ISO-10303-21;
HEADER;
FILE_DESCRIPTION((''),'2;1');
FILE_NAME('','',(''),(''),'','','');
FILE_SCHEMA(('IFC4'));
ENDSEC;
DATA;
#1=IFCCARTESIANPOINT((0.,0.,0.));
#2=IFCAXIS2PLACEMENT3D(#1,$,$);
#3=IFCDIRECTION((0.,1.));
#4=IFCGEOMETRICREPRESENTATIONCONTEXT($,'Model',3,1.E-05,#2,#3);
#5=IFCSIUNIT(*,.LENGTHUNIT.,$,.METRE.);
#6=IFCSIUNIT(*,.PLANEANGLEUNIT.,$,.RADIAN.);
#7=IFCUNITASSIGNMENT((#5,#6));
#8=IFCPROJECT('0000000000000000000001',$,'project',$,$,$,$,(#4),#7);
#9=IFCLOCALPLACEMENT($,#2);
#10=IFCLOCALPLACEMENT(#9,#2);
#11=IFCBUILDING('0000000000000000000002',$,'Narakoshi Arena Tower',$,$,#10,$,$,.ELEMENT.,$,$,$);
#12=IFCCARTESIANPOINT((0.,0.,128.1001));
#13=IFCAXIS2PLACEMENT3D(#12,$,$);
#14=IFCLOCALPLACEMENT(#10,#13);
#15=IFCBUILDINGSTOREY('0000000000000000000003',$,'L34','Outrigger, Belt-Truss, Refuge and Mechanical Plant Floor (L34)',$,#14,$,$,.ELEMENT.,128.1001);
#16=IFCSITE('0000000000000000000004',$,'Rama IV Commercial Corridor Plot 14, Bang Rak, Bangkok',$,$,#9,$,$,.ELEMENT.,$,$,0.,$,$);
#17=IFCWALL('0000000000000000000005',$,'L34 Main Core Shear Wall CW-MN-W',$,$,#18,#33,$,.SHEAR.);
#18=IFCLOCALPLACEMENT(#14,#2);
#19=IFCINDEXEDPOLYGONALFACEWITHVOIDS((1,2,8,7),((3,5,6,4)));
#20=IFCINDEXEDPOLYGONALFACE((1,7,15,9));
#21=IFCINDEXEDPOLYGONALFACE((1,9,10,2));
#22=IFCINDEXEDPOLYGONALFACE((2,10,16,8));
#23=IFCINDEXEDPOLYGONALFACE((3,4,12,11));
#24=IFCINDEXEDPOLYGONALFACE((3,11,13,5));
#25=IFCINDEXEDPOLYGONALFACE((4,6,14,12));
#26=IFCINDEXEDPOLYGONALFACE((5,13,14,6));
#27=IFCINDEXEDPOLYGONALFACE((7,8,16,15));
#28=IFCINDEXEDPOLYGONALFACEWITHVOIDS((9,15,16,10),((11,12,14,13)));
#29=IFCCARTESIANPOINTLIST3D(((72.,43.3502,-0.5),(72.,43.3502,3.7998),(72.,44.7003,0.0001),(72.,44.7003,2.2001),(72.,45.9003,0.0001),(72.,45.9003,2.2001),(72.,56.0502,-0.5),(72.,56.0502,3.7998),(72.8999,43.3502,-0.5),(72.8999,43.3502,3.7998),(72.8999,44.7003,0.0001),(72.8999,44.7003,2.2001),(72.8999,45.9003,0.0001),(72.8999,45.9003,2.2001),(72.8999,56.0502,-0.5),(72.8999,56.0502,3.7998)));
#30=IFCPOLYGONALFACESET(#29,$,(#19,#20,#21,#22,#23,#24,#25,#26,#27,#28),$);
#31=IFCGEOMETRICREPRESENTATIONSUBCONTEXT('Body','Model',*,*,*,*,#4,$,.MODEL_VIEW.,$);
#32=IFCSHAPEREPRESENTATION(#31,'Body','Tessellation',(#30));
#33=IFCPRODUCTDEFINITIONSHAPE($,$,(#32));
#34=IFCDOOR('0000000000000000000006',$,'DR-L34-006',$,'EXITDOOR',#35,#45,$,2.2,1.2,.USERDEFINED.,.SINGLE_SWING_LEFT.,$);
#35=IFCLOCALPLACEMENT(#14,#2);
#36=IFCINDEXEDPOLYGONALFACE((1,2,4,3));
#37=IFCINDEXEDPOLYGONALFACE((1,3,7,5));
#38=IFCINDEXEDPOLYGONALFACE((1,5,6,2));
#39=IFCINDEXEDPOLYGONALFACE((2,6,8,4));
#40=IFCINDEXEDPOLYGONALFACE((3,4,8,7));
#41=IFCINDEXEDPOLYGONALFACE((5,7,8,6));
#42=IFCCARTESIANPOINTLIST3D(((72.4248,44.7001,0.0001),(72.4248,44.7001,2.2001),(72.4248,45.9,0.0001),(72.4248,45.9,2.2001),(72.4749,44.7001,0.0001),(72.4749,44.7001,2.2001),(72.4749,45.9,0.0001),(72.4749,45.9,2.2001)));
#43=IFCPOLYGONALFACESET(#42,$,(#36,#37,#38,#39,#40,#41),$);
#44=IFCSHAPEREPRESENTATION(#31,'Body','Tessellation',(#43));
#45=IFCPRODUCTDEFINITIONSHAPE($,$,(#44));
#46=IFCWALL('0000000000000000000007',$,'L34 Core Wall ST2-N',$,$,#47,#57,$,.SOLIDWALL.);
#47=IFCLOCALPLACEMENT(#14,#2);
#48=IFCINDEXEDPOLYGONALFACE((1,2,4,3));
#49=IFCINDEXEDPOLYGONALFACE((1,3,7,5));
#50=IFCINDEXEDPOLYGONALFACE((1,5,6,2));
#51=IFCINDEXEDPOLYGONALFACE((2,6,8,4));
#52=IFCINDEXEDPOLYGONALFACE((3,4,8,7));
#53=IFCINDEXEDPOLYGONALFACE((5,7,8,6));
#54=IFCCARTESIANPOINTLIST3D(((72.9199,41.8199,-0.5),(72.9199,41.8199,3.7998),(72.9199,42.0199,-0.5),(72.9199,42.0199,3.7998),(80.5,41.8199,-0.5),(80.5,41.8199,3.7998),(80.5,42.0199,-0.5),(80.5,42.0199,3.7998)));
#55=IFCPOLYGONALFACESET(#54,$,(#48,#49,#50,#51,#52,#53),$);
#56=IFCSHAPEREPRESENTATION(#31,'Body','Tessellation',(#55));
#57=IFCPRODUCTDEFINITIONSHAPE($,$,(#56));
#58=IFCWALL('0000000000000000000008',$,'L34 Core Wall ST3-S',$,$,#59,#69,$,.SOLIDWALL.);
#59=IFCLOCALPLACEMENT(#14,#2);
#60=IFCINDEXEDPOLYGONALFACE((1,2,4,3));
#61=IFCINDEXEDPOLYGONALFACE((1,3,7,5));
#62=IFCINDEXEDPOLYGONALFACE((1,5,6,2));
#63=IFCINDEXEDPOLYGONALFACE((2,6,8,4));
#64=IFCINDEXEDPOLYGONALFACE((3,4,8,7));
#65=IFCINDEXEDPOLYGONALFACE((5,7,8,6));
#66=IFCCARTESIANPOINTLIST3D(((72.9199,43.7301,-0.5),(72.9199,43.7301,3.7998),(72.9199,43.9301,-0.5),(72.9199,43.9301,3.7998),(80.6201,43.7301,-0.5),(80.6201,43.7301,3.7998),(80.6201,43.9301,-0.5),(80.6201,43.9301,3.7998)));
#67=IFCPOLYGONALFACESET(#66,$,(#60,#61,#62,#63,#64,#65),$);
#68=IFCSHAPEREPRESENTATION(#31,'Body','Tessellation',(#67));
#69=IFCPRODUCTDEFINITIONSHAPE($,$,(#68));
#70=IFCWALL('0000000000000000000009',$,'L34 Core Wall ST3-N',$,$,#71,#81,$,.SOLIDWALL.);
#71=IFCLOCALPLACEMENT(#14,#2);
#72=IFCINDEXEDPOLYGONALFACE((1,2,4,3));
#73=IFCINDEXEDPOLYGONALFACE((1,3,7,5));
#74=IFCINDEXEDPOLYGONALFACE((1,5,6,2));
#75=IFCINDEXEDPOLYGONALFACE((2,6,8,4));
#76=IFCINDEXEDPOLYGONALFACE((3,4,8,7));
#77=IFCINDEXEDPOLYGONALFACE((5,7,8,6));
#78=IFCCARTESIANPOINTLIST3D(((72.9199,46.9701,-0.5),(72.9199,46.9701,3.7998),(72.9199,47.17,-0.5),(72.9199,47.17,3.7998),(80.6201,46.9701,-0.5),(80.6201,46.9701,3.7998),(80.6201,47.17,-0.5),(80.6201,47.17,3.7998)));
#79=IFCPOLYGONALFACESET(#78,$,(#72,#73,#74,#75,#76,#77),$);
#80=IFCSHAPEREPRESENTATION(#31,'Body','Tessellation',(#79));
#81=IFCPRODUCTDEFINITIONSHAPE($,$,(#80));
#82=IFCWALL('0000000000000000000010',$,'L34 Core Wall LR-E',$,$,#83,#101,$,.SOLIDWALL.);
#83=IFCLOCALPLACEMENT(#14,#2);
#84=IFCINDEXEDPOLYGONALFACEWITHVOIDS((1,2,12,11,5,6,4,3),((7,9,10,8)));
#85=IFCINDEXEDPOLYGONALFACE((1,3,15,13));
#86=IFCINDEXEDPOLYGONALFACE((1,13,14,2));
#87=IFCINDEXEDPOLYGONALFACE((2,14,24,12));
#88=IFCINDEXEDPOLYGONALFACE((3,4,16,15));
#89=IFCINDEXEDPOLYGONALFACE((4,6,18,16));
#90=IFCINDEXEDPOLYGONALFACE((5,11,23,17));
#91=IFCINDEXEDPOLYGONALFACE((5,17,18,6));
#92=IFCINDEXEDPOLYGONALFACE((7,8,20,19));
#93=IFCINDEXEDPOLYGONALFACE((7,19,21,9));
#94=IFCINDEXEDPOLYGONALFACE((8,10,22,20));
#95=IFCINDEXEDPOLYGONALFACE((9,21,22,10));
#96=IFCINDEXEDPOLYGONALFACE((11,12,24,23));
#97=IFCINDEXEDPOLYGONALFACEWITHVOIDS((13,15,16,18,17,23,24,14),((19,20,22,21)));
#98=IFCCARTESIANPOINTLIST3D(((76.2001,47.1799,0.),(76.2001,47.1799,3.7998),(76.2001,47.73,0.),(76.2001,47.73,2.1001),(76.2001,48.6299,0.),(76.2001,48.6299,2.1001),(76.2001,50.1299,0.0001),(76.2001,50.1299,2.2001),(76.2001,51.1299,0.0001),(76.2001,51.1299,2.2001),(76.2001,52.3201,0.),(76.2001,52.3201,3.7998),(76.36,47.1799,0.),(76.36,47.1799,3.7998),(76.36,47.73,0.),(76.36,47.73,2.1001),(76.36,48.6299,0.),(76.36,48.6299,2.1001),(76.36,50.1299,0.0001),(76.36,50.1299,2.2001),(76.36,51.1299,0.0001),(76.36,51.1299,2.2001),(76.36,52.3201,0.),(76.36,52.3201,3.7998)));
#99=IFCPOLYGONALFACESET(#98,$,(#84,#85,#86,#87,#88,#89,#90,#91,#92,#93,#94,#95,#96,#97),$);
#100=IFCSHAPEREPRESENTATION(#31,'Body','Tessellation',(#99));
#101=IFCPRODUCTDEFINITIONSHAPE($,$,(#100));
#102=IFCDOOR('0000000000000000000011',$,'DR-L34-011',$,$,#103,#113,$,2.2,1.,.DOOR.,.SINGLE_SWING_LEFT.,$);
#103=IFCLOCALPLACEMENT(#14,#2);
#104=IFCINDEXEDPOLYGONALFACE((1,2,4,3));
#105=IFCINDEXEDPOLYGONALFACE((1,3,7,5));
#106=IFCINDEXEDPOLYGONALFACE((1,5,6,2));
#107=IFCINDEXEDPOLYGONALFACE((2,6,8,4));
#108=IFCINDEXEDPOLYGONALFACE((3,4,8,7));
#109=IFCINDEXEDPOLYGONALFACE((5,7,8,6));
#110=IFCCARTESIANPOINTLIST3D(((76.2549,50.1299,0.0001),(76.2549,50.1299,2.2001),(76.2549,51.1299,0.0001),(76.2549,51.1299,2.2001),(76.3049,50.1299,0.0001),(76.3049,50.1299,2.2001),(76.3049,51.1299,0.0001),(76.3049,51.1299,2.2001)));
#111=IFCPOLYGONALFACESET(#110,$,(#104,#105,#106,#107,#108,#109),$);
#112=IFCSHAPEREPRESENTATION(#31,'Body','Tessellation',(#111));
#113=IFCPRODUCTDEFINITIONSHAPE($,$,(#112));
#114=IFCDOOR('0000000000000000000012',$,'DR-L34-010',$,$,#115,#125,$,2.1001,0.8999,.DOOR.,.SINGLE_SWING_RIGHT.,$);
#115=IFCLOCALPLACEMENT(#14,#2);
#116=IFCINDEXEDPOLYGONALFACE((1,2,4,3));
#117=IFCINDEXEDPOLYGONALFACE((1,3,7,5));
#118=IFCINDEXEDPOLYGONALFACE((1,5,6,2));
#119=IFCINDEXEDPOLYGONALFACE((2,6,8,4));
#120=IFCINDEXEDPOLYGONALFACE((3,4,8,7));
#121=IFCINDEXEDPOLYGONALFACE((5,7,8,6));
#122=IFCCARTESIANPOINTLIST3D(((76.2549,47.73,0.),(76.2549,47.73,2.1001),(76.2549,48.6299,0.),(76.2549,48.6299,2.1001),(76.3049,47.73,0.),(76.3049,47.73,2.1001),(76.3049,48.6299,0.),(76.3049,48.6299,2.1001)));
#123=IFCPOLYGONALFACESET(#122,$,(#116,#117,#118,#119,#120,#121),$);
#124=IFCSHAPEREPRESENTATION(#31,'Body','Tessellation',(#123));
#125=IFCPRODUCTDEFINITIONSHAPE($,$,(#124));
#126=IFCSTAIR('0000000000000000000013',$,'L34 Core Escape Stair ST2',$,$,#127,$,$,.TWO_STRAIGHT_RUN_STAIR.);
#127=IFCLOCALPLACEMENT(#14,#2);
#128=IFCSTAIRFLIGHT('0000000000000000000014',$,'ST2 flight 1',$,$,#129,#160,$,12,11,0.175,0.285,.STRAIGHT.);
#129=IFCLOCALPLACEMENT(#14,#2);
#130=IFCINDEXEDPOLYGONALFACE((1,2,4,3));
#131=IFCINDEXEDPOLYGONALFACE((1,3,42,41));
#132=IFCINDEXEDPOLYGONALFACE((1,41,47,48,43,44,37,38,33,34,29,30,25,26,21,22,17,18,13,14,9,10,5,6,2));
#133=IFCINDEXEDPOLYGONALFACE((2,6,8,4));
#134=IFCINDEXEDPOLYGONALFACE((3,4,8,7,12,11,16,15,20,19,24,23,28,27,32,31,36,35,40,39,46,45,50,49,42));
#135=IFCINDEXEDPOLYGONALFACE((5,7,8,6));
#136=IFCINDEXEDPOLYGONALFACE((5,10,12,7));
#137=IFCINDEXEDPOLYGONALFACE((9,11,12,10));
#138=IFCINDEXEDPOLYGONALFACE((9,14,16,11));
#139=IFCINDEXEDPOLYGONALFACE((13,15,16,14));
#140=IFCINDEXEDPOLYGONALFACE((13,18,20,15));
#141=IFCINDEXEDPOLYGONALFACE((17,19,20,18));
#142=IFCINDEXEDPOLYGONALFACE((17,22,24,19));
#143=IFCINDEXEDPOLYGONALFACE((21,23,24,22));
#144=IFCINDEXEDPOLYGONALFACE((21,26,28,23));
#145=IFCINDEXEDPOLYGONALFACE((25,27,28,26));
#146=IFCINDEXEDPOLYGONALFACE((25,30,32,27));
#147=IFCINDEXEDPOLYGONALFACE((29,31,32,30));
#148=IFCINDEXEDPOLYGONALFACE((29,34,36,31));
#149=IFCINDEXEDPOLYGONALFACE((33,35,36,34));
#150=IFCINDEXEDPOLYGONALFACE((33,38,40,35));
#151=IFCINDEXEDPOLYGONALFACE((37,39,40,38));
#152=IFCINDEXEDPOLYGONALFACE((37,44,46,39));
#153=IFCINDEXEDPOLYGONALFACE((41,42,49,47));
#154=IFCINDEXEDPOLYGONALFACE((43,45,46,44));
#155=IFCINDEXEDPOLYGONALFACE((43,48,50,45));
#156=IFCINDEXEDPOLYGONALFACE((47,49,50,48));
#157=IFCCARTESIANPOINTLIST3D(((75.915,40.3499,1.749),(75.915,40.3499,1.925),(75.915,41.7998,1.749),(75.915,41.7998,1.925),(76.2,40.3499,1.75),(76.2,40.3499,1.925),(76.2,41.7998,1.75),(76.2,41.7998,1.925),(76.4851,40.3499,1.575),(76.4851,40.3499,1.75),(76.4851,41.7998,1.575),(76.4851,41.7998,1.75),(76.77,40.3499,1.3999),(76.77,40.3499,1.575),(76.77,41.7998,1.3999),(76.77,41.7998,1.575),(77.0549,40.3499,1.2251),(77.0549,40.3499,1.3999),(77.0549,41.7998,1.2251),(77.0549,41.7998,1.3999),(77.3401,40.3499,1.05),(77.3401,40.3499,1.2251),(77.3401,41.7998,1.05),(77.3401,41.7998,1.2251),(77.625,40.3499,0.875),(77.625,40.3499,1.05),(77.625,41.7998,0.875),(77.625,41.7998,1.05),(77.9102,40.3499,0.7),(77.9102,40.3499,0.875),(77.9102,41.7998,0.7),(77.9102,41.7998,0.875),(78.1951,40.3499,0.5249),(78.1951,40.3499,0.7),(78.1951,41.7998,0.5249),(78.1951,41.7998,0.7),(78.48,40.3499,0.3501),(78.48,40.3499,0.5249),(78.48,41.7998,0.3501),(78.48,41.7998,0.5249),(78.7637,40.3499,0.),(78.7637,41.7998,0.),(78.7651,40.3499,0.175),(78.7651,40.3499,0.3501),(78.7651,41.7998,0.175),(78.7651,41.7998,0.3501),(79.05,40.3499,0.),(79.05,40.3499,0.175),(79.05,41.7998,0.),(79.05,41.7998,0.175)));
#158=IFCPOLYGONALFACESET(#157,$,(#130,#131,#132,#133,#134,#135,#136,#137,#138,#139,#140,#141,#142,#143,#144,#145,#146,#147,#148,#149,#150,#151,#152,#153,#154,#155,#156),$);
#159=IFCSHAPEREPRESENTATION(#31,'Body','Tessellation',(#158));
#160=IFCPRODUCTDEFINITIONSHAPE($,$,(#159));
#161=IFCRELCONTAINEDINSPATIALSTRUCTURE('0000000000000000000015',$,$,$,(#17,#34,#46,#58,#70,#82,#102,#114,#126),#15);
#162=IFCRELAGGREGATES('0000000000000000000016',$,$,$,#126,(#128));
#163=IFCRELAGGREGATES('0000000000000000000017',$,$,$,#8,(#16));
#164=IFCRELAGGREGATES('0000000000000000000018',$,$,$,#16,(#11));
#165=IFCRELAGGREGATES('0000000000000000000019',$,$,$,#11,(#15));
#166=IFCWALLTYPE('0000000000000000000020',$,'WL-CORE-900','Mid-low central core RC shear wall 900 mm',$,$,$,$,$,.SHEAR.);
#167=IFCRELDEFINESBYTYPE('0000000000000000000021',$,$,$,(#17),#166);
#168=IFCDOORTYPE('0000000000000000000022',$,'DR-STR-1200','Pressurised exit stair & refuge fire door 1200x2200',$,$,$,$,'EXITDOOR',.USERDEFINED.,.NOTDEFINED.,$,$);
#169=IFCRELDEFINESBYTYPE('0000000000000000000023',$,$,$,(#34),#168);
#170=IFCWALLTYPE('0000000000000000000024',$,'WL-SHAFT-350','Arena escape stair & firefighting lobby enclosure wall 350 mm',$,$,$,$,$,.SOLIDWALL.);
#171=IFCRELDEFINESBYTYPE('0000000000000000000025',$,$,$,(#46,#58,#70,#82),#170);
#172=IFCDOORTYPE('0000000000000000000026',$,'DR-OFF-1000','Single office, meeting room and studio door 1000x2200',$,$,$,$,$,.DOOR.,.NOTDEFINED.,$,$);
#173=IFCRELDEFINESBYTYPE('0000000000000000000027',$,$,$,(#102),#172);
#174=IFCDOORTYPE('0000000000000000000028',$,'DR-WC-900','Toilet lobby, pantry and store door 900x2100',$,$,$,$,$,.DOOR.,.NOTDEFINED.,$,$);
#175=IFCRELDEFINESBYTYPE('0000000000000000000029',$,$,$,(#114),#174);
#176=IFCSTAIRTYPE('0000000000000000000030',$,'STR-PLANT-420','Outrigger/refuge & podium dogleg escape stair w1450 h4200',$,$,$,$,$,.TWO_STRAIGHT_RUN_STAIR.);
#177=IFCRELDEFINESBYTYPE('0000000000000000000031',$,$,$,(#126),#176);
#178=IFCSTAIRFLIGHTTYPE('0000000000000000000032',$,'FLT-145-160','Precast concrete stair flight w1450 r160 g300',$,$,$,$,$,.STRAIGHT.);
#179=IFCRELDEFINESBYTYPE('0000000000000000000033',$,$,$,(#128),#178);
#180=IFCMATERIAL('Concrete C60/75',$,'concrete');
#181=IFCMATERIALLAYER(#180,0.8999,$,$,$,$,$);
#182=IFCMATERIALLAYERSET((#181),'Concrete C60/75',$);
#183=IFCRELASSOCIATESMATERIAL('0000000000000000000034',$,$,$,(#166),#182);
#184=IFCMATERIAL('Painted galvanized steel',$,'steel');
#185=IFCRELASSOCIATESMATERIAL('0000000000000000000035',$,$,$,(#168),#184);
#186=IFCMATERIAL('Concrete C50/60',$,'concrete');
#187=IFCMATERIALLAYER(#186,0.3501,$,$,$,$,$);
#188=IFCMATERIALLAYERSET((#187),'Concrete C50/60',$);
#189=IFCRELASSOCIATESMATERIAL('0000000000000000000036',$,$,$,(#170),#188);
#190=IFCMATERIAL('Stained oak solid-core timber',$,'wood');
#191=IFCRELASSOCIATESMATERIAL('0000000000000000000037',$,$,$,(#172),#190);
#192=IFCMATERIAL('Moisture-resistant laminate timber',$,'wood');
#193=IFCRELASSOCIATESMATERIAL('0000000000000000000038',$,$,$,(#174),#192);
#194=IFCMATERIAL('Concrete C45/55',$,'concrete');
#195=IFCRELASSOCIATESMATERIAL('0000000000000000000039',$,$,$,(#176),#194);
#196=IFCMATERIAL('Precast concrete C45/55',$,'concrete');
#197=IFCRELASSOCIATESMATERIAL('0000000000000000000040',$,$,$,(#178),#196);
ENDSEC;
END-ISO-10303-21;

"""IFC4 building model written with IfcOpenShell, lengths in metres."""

from ifc_helpers import new_model, si_unit, direction, frame, frame_2d, origin, place, context, subcontext, project, spatial, polyline, rectangle, outline, extrude, material, layer, layer_set, type_object, element, fill, aggregate, save


model = new_model("IFC4")

# Units and contexts
model_context = context("Model", 3, precision=1e-05, world=origin(), true_north=direction((0.0, 1.0)))
body_context = subcontext(model_context, "Body", "Model", "MODEL_VIEW")
ifc_project = project(units=[si_unit("LENGTHUNIT", "METRE"), si_unit("PLANEANGLEUNIT", "RADIAN")], contexts=[model_context])

# Site, building, storey
site_placement = place(None, origin())
site = spatial("IfcSite", under=ifc_project, at=site_placement, Name="Rama IV Commercial Corridor Plot 14, Bang Rak, Bangkok", CompositionType="ELEMENT", RefElevation=0.0)
building_placement = place(site_placement, origin())
building = spatial("IfcBuilding", under=site, at=building_placement, Name="Narakoshi Arena Tower", CompositionType="ELEMENT")
storey_placement = place(building_placement, frame((0.0, 0.0, 128.1001)))
storey = spatial("IfcBuildingStorey", under=building, at=storey_placement, Name="L34", Description="Outrigger, Belt-Truss, Refuge and Mechanical Plant Floor (L34)", CompositionType="ELEMENT", Elevation=128.1001)

# Wall, opening, door
ifc_material_1 = material(Name="Concrete C60/75", Category="concrete")
ifc_layer_1 = layer(ifc_material_1, 0.8999)
ifc_layer_set_1 = layer_set([ifc_layer_1], Name="Concrete C60/75")
wall_type_1 = type_object("IfcWallType", Name="WL-CORE-900", Description="Mid-low central core RC shear wall 900 mm", PredefinedType="SHEAR", material=ifc_layer_set_1)
wall_1_placement = place(storey_placement, frame((72.45, 43.3501, -0.5), z_axis=(0.0, 0.0, 1.0), x_axis=(0.0, 1.0, 0.0)))
wall_1 = element("IfcWall", 1, at=wall_1_placement, inside=storey, type_object=wall_type_1, Name="L34 Main Core Shear Wall CW-MN-W", PredefinedType="SHEAR", context=body_context, shape_type="SweptSolid", body=[
    extrude(rectangle(XDim=12.7, YDim=0.8999, at=frame_2d((6.3501, 0.0))), origin(), (0.0, 0.0, 1.0), 4.2998),
])
opening_1_placement = place(wall_1_placement, frame((1.3501, 0.0, 0.5)))
opening_1 = element("IfcOpeningElement", 2, at=opening_1_placement, cuts=wall_1, PredefinedType="OPENING", context=body_context, shape_type="SweptSolid", body=[
    extrude(rectangle(XDim=1.2, YDim=2.2, at=frame_2d((0.6001, 1.1001))), frame((0.0, 0.46, 0.0), z_axis=(0.0, -1.0, 0.0), x_axis=(1.0, 0.0, 0.0)), (0.0, 0.0, 1.0), 0.9199),
])
ifc_material_2 = material(Name="Painted galvanized steel", Category="steel")
door_type_1 = type_object("IfcDoorType", Name="DR-STR-1200", Description="Pressurised exit stair & refuge fire door 1200x2200", ElementType="EXITDOOR", OperationType="NOTDEFINED", PredefinedType="USERDEFINED", material=ifc_material_2)
door_1_placement = place(opening_1_placement, frame((1.2, 0.0, 0.0), z_axis=(0.0, 0.0, 1.0), x_axis=(-1.0, 0.0, 0.0)))
door_1 = element("IfcDoor", 3, at=door_1_placement, inside=storey, type_object=door_type_1, Name="DR-L34-006", ObjectType="EXITDOOR", OperationType="SINGLE_SWING_LEFT", OverallHeight=2.2, OverallWidth=1.2, PredefinedType="USERDEFINED", context=body_context, shape_type="SweptSolid", body=[
    extrude(rectangle(XDim=1.2, YDim=2.2, at=frame_2d((0.6001, 1.1001))), frame((0.0, 0.0249, 0.0), z_axis=(0.0, -1.0, 0.0), x_axis=(1.0, 0.0, 0.0)), (0.0, 0.0, 1.0), 0.05),
])
fill(opening_1, door_1)

# Walls
ifc_material_3 = material(Name="Concrete C50/60", Category="concrete")
ifc_layer_2 = layer(ifc_material_3, 0.3501)
ifc_layer_set_2 = layer_set([ifc_layer_2], Name="Concrete C50/60")
wall_type_2 = type_object("IfcWallType", Name="WL-SHAFT-350", Description="Arena escape stair & firefighting lobby enclosure wall 350 mm", PredefinedType="SOLIDWALL", material=ifc_layer_set_2)
wall_2_placement = place(storey_placement, frame((72.9199, 41.9199, -0.5), z_axis=(0.0, 0.0, 1.0), x_axis=(1.0, 0.0, 0.0)))
element("IfcWall", 4, at=wall_2_placement, inside=storey, type_object=wall_type_2, Name="L34 Core Wall ST2-N", PredefinedType="SOLIDWALL", context=body_context, shape_type="SweptSolid", body=[
    extrude(rectangle(XDim=7.5801, YDim=0.2, at=frame_2d((3.79, 0.0))), origin(), (0.0, 0.0, 1.0), 4.2998),
])
for number, where, z_axis, x_axis, name in (
    (5, (72.9199, 43.8301, -0.5), (0.0, 0.0, 1.0), (1.0, 0.0, 0.0), "L34 Core Wall ST3-S"),
    (6, (72.9199, 47.0701, -0.5), (0.0, 0.0, 1.0), (1.0, 0.0, 0.0), "L34 Core Wall ST3-N"),
):
    element("IfcWall", number, at=place(storey_placement, frame(where, z_axis=z_axis, x_axis=x_axis)), inside=storey, type_object=wall_type_2, Name=name, PredefinedType="SOLIDWALL", context=body_context, shape_type="SweptSolid", body=[
        extrude(rectangle(XDim=7.7002, YDim=0.2, at=frame_2d((3.8501, 0.0))), origin(), (0.0, 0.0, 1.0), 4.2998),
    ])

# Wall, openings, doors
wall_3_placement = place(storey_placement, frame((76.28, 47.1799, 0.0), z_axis=(0.0, 0.0, 1.0), x_axis=(0.0, 1.0, 0.0)))
wall_3 = element("IfcWall", 7, at=wall_3_placement, inside=storey, type_object=wall_type_2, Name="L34 Core Wall LR-E", PredefinedType="SOLIDWALL", context=body_context, shape_type="SweptSolid", body=[
    extrude(rectangle(XDim=5.1401, YDim=0.1599, at=frame_2d((2.5701, 0.0))), origin(), (0.0, 0.0, 1.0), 3.7998),
])
opening_2_placement = place(wall_3_placement, frame((0.55, 0.0, 0.0)))
opening_2 = element("IfcOpeningElement", 8, at=opening_2_placement, cuts=wall_3, PredefinedType="OPENING", context=body_context, shape_type="SweptSolid", body=[
    extrude(rectangle(XDim=0.8999, YDim=2.1001, at=frame_2d((0.45, 1.05))), frame((0.0, 0.0898, 0.0), z_axis=(0.0, -1.0, 0.0), x_axis=(1.0, 0.0, 0.0)), (0.0, 0.0, 1.0), 0.1799),
])
opening_3_placement = place(wall_3_placement, frame((2.95, 0.0, 0.0)))
opening_3 = element("IfcOpeningElement", 9, at=opening_3_placement, cuts=wall_3, PredefinedType="OPENING", context=body_context, shape_type="SweptSolid", body=[
    extrude(rectangle(XDim=1.0, YDim=2.2, at=frame_2d((0.5, 1.1001))), frame((0.0, 0.0898, 0.0), z_axis=(0.0, -1.0, 0.0), x_axis=(1.0, 0.0, 0.0)), (0.0, 0.0, 1.0), 0.1799),
])
ifc_material_4 = material(Name="Stained oak solid-core timber", Category="wood")
door_type_2 = type_object("IfcDoorType", Name="DR-OFF-1000", Description="Single office, meeting room and studio door 1000x2200", OperationType="NOTDEFINED", PredefinedType="DOOR", material=ifc_material_4)
door_2_placement = place(opening_3_placement, frame((1.0, 0.0, 0.0), z_axis=(0.0, 0.0, 1.0), x_axis=(-1.0, 0.0, 0.0)))
door_2 = element("IfcDoor", 10, at=door_2_placement, inside=storey, type_object=door_type_2, Name="DR-L34-011", OperationType="SINGLE_SWING_LEFT", OverallHeight=2.2, OverallWidth=1.0, PredefinedType="DOOR", context=body_context, shape_type="SweptSolid", body=[
    extrude(rectangle(XDim=1.0, YDim=2.2, at=frame_2d((0.5, 1.1001))), frame((0.0, 0.0249, 0.0), z_axis=(0.0, -1.0, 0.0), x_axis=(1.0, 0.0, 0.0)), (0.0, 0.0, 1.0), 0.05),
])
fill(opening_3, door_2)
ifc_material_5 = material(Name="Moisture-resistant laminate timber", Category="wood")
door_type_3 = type_object("IfcDoorType", Name="DR-WC-900", Description="Toilet lobby, pantry and store door 900x2100", OperationType="NOTDEFINED", PredefinedType="DOOR", material=ifc_material_5)
door_3_placement = place(opening_2_placement, frame((0.8999, 0.0, 0.0), z_axis=(0.0, 0.0, 1.0), x_axis=(-1.0, 0.0, 0.0)))
door_3 = element("IfcDoor", 11, at=door_3_placement, inside=storey, type_object=door_type_3, Name="DR-L34-010", OperationType="SINGLE_SWING_RIGHT", OverallHeight=2.1001, OverallWidth=0.8999, PredefinedType="DOOR", context=body_context, shape_type="SweptSolid", body=[
    extrude(rectangle(XDim=0.8999, YDim=2.1001, at=frame_2d((0.45, 1.05))), frame((0.0, 0.0249, 0.0), z_axis=(0.0, -1.0, 0.0), x_axis=(1.0, 0.0, 0.0)), (0.0, 0.0, 1.0), 0.05),
])
fill(opening_2, door_3)

# Stair, stair flight
ifc_material_6 = material(Name="Concrete C45/55", Category="concrete")
stair_type = type_object("IfcStairType", Name="STR-PLANT-420", Description="Outrigger/refuge & podium dogleg escape stair w1450 h4200", PredefinedType="TWO_STRAIGHT_RUN_STAIR", material=ifc_material_6)
stair_1_placement = place(storey_placement, origin())
stair_1 = element("IfcStair", 12, at=stair_1_placement, inside=storey, type_object=stair_type, Name="L34 Core Escape Stair ST2", PredefinedType="TWO_STRAIGHT_RUN_STAIR")
ifc_material_7 = material(Name="Precast concrete C45/55", Category="concrete")
stair_flight_type = type_object("IfcStairFlightType", Name="FLT-145-160", Description="Precast concrete stair flight w1450 r160 g300", PredefinedType="STRAIGHT", material=ifc_material_7)
stair_flight_1_placement = place(storey_placement, frame((79.05, 41.075, 0.0), z_axis=(0.0, 0.0, 1.0), x_axis=(-1.0, 0.0, 0.0)))
stair_flight_1 = element("IfcStairFlight", 13, at=stair_flight_1_placement, type_object=stair_flight_type, Name="ST2 flight 1", NumberOfRisers=12, NumberOfTreads=11, PredefinedType="STRAIGHT", RiserHeight=0.175, TreadLength=0.285, context=body_context, shape_type="SweptSolid", body=[
    extrude(outline(polyline([(0.0, 0.0), (0.0, 0.175), (0.2849, 0.175), (0.2849, 0.3501), (0.5701, 0.3501), (0.5701, 0.5249), (0.855, 0.5249), (0.855, 0.7), (1.1399, 0.7), (1.1399, 0.875), (1.425, 0.875), (1.425, 1.05), (1.71, 1.05), (1.71, 1.2251), (1.9951, 1.2251), (1.9951, 1.3999), (2.28, 1.3999), (2.28, 1.575), (2.5649, 1.575), (2.5649, 1.75), (2.8501, 1.75), (2.8501, 1.925), (3.135, 1.925), (3.135, 2.1001), (3.135, 1.749), (0.2864, 0.0), (0.0, 0.0)])), frame((0.0, 0.7251, 0.0), z_axis=(0.0, -1.0, 0.0), x_axis=(1.0, 0.0, 0.0)), (0.0, 0.0, 1.0), 1.45),
])
aggregate(stair_1, [stair_flight_1])

save(model, "model.ifc")
